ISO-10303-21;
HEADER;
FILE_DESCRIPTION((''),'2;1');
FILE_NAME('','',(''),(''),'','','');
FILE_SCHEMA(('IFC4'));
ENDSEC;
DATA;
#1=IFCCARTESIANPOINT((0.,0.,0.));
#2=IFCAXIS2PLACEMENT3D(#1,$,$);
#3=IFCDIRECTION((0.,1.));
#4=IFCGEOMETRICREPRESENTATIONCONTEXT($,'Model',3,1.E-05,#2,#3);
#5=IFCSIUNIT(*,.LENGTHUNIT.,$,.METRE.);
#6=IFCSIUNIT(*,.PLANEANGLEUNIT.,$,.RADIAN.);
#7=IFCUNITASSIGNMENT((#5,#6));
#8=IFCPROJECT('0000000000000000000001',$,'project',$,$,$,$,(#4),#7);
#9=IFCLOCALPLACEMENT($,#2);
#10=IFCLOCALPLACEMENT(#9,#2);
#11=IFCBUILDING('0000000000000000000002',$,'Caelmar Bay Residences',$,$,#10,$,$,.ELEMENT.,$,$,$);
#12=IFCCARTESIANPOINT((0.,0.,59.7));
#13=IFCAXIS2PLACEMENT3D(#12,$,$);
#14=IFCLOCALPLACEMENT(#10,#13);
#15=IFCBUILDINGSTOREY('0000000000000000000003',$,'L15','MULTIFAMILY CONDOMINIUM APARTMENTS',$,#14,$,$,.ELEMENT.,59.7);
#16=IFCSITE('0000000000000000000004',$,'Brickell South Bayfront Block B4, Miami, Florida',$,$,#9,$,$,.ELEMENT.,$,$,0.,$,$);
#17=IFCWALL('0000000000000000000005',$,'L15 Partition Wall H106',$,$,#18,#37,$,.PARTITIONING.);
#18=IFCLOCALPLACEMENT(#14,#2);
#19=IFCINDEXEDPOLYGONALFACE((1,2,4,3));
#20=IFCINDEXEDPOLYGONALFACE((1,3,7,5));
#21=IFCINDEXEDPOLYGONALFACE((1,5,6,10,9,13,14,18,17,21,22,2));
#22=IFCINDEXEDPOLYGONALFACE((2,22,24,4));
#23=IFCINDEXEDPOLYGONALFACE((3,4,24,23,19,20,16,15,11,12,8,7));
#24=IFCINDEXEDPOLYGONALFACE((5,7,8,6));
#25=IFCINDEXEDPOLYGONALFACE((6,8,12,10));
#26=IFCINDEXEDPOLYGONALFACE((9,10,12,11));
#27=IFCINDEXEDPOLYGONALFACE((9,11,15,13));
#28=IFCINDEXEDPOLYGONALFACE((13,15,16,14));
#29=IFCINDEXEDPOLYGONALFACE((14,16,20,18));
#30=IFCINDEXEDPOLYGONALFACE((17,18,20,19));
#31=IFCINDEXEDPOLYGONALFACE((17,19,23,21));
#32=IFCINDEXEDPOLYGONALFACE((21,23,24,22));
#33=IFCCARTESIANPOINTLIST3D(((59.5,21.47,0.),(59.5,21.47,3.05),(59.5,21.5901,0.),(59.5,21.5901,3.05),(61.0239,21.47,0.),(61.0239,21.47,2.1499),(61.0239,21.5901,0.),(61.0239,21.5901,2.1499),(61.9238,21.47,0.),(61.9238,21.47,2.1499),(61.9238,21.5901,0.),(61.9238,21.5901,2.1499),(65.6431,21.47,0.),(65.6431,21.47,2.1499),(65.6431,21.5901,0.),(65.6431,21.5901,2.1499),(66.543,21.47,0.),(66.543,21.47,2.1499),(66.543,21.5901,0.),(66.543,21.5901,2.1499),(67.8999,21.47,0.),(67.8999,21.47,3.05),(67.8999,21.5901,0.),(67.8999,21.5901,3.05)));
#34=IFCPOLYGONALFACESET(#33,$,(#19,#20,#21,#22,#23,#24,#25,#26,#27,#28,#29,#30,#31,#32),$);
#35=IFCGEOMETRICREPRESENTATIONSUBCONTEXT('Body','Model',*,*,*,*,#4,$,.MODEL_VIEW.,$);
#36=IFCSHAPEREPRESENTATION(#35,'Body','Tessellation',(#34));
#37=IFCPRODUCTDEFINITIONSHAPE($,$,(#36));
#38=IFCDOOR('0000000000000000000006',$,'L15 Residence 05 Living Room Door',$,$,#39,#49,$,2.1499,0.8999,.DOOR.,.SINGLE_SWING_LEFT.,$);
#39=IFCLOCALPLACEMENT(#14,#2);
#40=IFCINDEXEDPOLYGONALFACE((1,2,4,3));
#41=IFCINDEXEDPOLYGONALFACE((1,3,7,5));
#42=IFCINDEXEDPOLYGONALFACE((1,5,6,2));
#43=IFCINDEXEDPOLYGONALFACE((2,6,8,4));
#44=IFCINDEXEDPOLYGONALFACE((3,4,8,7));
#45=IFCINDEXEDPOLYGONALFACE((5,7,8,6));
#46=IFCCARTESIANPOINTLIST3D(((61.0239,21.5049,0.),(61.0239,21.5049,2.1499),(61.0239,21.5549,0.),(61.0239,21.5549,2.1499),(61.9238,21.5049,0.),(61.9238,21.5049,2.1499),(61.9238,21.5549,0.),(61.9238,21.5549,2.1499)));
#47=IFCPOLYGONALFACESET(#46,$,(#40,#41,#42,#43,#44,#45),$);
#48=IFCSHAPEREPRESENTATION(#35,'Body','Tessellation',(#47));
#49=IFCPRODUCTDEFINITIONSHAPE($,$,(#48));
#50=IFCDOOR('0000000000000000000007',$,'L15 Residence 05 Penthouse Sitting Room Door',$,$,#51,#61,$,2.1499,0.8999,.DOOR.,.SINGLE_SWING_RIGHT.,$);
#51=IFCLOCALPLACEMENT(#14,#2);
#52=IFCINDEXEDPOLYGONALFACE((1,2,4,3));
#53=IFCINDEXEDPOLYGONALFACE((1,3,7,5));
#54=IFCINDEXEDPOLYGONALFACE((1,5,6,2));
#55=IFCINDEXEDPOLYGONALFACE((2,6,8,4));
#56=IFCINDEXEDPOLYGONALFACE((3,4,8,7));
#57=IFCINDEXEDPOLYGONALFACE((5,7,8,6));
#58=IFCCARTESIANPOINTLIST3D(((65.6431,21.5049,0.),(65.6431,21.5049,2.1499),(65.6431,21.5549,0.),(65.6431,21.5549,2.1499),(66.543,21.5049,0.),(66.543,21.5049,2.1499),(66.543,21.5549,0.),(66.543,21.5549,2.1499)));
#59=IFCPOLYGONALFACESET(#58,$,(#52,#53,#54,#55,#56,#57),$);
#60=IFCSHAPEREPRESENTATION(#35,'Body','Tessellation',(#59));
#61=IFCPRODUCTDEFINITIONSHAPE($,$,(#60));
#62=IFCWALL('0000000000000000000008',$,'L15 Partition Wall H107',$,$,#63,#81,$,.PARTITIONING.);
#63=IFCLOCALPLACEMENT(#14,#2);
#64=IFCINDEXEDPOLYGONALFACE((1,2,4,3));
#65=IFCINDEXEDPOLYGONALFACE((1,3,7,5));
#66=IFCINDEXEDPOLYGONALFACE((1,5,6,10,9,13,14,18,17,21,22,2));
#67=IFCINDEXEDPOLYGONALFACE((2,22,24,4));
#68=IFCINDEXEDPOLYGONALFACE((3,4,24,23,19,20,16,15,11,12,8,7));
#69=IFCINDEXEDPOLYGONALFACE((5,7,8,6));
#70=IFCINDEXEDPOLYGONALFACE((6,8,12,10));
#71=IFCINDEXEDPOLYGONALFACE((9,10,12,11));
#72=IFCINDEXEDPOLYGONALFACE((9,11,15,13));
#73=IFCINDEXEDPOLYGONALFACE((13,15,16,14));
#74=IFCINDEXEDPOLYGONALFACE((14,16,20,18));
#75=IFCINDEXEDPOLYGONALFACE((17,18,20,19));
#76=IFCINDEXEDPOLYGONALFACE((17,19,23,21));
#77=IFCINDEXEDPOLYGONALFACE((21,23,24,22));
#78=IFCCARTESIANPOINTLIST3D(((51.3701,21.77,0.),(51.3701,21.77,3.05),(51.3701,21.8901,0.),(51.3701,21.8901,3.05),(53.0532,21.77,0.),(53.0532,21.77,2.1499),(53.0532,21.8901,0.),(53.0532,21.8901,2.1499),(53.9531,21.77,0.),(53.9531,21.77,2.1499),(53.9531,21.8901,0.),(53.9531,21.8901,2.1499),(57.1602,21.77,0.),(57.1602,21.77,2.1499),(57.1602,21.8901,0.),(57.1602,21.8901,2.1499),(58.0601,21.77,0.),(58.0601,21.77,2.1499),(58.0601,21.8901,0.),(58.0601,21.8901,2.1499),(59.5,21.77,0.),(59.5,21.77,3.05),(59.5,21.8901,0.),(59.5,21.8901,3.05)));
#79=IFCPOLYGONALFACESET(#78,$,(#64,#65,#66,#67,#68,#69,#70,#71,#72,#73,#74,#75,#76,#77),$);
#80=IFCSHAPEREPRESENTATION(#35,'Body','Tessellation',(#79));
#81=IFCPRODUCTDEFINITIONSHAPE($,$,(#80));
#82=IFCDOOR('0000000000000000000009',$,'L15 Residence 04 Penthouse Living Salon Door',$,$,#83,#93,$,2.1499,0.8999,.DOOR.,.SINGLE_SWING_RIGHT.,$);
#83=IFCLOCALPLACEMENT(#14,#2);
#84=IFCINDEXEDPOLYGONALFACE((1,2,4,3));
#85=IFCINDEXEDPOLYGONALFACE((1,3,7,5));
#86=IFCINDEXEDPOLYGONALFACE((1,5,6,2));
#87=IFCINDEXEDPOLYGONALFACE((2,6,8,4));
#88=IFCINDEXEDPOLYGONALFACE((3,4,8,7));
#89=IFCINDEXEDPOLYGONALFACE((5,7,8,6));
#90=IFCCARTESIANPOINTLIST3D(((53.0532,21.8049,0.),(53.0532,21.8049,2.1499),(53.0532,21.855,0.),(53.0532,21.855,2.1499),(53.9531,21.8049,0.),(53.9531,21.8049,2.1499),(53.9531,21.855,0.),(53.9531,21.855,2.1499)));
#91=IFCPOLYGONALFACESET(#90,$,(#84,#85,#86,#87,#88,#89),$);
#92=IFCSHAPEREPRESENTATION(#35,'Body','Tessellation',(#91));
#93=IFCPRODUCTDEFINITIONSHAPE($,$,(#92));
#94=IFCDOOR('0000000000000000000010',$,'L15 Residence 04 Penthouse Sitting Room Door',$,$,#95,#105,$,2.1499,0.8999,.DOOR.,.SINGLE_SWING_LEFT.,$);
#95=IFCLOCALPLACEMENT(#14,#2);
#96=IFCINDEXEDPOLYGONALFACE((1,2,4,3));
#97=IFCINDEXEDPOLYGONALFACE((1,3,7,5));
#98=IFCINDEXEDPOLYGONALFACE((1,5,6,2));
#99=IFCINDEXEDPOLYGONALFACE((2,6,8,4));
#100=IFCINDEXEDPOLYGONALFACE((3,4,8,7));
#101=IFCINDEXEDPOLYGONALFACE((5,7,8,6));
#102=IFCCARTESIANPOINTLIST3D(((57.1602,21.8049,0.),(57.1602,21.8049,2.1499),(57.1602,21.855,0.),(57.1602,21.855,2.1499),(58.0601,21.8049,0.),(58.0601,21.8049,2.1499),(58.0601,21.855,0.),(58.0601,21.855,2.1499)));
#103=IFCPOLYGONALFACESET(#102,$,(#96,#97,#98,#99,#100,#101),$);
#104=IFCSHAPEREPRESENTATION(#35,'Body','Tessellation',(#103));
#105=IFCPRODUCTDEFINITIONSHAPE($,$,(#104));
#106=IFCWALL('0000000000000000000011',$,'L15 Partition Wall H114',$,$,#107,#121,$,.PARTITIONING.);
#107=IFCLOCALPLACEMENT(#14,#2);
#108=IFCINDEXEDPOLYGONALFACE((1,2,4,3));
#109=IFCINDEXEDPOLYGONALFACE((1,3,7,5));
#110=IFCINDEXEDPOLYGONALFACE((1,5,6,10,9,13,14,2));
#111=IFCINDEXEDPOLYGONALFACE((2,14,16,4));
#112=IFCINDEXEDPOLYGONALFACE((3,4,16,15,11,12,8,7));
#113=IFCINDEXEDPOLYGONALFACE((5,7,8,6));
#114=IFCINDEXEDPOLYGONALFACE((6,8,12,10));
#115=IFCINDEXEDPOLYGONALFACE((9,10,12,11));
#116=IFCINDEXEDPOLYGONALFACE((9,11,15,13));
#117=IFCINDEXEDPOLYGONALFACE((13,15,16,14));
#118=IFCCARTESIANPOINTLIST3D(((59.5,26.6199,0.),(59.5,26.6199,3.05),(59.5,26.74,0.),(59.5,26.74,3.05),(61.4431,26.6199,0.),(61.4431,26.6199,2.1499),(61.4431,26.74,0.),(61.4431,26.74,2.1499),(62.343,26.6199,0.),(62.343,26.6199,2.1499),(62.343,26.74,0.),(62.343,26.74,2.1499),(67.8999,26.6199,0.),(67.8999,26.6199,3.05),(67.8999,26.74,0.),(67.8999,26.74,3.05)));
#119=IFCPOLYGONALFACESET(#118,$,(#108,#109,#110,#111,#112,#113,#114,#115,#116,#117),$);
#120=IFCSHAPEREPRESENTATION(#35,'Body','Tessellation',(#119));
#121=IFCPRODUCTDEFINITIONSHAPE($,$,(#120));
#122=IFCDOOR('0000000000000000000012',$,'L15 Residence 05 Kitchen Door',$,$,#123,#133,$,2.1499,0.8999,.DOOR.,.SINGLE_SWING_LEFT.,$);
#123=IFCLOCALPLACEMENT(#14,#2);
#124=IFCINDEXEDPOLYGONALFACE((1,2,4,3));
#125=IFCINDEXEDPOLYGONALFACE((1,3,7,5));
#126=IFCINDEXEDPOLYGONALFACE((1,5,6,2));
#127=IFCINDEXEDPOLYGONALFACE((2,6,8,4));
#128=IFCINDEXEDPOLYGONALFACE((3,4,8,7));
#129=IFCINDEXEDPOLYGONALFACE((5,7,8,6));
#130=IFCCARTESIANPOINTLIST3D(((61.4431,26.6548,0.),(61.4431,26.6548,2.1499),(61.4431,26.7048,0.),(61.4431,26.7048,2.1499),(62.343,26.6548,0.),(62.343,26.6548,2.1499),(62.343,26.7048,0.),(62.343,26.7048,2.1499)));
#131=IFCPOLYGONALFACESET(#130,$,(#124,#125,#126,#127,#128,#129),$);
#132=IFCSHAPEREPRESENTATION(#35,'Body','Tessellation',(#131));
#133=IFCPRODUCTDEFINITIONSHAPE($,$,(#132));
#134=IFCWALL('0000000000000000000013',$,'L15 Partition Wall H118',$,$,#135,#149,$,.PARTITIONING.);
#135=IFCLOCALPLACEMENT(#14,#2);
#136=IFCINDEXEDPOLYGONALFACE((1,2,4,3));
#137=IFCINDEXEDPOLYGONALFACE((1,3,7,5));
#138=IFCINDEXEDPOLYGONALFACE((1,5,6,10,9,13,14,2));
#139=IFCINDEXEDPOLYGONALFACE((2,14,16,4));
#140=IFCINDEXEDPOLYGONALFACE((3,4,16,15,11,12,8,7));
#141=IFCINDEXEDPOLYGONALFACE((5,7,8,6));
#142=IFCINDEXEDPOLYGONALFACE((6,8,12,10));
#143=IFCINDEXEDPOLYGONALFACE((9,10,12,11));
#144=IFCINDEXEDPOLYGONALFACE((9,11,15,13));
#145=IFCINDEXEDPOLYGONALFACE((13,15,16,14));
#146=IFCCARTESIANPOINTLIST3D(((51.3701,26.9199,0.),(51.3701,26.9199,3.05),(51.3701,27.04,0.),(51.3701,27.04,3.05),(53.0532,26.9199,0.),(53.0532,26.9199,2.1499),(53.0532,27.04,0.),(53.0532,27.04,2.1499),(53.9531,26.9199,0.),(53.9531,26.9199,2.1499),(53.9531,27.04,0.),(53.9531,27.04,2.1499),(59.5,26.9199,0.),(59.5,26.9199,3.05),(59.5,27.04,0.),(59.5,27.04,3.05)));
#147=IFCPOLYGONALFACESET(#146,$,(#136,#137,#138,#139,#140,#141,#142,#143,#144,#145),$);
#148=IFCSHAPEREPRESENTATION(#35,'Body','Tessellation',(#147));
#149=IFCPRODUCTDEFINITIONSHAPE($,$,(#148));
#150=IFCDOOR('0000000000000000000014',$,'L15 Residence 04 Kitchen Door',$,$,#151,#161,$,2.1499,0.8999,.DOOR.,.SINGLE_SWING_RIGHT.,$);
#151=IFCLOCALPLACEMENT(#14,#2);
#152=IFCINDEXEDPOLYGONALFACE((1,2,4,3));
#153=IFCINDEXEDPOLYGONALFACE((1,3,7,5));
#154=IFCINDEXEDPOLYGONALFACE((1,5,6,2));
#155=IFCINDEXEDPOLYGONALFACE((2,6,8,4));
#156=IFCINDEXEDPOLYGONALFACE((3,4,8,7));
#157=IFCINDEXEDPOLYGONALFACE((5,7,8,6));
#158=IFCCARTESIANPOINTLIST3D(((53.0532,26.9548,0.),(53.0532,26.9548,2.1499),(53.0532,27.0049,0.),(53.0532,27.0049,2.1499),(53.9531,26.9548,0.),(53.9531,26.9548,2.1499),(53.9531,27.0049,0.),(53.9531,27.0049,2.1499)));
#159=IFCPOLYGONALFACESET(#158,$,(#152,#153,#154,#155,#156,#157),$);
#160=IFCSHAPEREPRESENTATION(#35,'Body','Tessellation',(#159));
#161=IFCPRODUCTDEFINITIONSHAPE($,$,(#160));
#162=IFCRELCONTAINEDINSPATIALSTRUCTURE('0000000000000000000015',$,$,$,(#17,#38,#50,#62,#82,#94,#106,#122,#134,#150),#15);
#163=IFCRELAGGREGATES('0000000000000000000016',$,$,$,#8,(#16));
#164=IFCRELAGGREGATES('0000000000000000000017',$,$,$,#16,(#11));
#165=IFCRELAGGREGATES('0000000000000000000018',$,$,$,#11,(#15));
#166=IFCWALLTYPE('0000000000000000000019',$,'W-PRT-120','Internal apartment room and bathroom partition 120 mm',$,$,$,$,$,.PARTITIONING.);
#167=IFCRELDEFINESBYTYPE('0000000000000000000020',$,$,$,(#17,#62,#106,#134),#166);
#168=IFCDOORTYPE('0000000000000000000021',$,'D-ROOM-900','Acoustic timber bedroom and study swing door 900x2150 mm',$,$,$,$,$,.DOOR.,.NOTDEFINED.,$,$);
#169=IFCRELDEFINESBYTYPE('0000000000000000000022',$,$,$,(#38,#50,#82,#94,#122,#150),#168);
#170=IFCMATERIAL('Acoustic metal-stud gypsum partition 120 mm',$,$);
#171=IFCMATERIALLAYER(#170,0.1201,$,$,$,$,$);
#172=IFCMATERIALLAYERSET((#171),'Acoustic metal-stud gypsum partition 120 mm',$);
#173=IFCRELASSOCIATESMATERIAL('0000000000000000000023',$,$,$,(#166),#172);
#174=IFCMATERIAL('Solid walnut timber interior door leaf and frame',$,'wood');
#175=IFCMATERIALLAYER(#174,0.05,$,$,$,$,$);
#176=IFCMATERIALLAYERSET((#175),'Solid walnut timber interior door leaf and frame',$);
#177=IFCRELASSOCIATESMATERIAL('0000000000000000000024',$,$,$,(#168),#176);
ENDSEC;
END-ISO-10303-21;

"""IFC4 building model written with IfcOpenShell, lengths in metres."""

from ifc_helpers import new_model, si_unit, direction, frame, frame_2d, origin, place, context, subcontext, project, spatial, rectangle, extrude, material, layer, layer_set, type_object, element, fill, save


model = new_model("IFC4")

# Units and contexts
model_context = context("Model", 3, precision=1e-05, world=origin(), true_north=direction((0.0, 1.0)))
body_context = subcontext(model_context, "Body", "Model", "MODEL_VIEW")
ifc_project = project(units=[si_unit("LENGTHUNIT", "METRE"), si_unit("PLANEANGLEUNIT", "RADIAN")], contexts=[model_context])

# Site, building, storey
site_placement = place(None, origin())
site = spatial("IfcSite", under=ifc_project, at=site_placement, Name="Brickell South Bayfront Block B4, Miami, Florida", CompositionType="ELEMENT", RefElevation=0.0)
building_placement = place(site_placement, origin())
building = spatial("IfcBuilding", under=site, at=building_placement, Name="Caelmar Bay Residences", CompositionType="ELEMENT")
storey_placement = place(building_placement, frame((0.0, 0.0, 59.7)))
storey = spatial("IfcBuildingStorey", under=building, at=storey_placement, Name="L15", Description="MULTIFAMILY CONDOMINIUM APARTMENTS", CompositionType="ELEMENT", Elevation=59.7)

# Shared definitions
ifc_material_1 = material(Name="Acoustic metal-stud gypsum partition 120 mm")
ifc_layer_1 = layer(ifc_material_1, 0.1201)
ifc_layer_set_1 = layer_set([ifc_layer_1], Name="Acoustic metal-stud gypsum partition 120 mm")
wall_type_1 = type_object("IfcWallType", Name="W-PRT-120", Description="Internal apartment room and bathroom partition 120 mm", PredefinedType="PARTITIONING", material=ifc_layer_set_1)

# Shared definitions
ifc_material_2 = material(Name="Solid walnut timber interior door leaf and frame", Category="wood")
ifc_layer_2 = layer(ifc_material_2, 0.05)
ifc_layer_set_2 = layer_set([ifc_layer_2], Name="Solid walnut timber interior door leaf and frame")
door_type_1 = type_object("IfcDoorType", Name="D-ROOM-900", Description="Acoustic timber bedroom and study swing door 900x2150 mm", OperationType="NOTDEFINED", PredefinedType="DOOR", material=ifc_layer_set_2)

# Walls, openings, doors
wall_1_placement = place(storey_placement, frame((59.5, 21.53, 0.0), z_axis=(0.0, 0.0, 1.0), x_axis=(1.0, 0.0, 0.0)))
wall_1 = element("IfcWall", 1, at=wall_1_placement, inside=storey, type_object=wall_type_1, Name="L15 Partition Wall H106", PredefinedType="PARTITIONING", context=body_context, shape_type="SweptSolid", body=[
    extrude(rectangle(XDim=8.3999, YDim=0.1201, at=frame_2d((4.2, 0.0))), origin(), (0.0, 0.0, 1.0), 3.05),
])
opening_1_placement = place(wall_1_placement, frame((1.5239, 0.0, 0.0)))
opening_1 = element("IfcOpeningElement", 2, at=opening_1_placement, cuts=wall_1, PredefinedType="OPENING", context=body_context, shape_type="SweptSolid", body=[
    extrude(rectangle(XDim=0.8999, YDim=2.1499, at=frame_2d((0.45, 1.075))), frame((0.0, 0.0701, 0.0), z_axis=(0.0, -1.0, 0.0), x_axis=(1.0, 0.0, 0.0)), (0.0, 0.0, 1.0), 0.1401),
])
opening_2_placement = place(wall_1_placement, frame((6.1431, 0.0, 0.0)))
opening_2 = element("IfcOpeningElement", 3, at=opening_2_placement, cuts=wall_1, PredefinedType="OPENING", context=body_context, shape_type="SweptSolid", body=[
    extrude(rectangle(XDim=0.8999, YDim=2.1499, at=frame_2d((0.45, 1.075))), frame((0.0, 0.0701, 0.0), z_axis=(0.0, -1.0, 0.0), x_axis=(1.0, 0.0, 0.0)), (0.0, 0.0, 1.0), 0.1401),
])
door_1_placement = place(opening_1_placement, origin())
door_1 = element("IfcDoor", 4, at=door_1_placement, inside=storey, type_object=door_type_1, Name="L15 Residence 05 Living Room Door", OperationType="SINGLE_SWING_LEFT", OverallHeight=2.1499, OverallWidth=0.8999, PredefinedType="DOOR", context=body_context, shape_type="SweptSolid", body=[
    extrude(rectangle(XDim=0.8999, YDim=2.1499, at=frame_2d((0.45, 1.075))), frame((0.0, 0.0249, 0.0), z_axis=(0.0, -1.0, 0.0), x_axis=(1.0, 0.0, 0.0)), (0.0, 0.0, 1.0), 0.05),
])
fill(opening_1, door_1)
door_2_placement = place(opening_2_placement, origin())
door_2 = element("IfcDoor", 5, at=door_2_placement, inside=storey, type_object=door_type_1, Name="L15 Residence 05 Penthouse Sitting Room Door", OperationType="SINGLE_SWING_RIGHT", OverallHeight=2.1499, OverallWidth=0.8999, PredefinedType="DOOR", context=body_context, shape_type="SweptSolid", body=[
    extrude(rectangle(XDim=0.8999, YDim=2.1499, at=frame_2d((0.45, 1.075))), frame((0.0, 0.0249, 0.0), z_axis=(0.0, -1.0, 0.0), x_axis=(1.0, 0.0, 0.0)), (0.0, 0.0, 1.0), 0.05),
])
fill(opening_2, door_2)
wall_2_placement = place(storey_placement, frame((51.3701, 21.8301, 0.0), z_axis=(0.0, 0.0, 1.0), x_axis=(1.0, 0.0, 0.0)))
wall_2 = element("IfcWall", 6, at=wall_2_placement, inside=storey, type_object=wall_type_1, Name="L15 Partition Wall H107", PredefinedType="PARTITIONING", context=body_context, shape_type="SweptSolid", body=[
    extrude(rectangle(XDim=8.1299, YDim=0.1201, at=frame_2d((4.0649, 0.0))), origin(), (0.0, 0.0, 1.0), 3.05),
])
opening_3_placement = place(wall_2_placement, frame((1.6831, 0.0, 0.0)))
opening_3 = element("IfcOpeningElement", 7, at=opening_3_placement, cuts=wall_2, PredefinedType="OPENING", context=body_context, shape_type="SweptSolid", body=[
    extrude(rectangle(XDim=0.8999, YDim=2.1499, at=frame_2d((0.45, 1.075))), frame((0.0, 0.0701, 0.0), z_axis=(0.0, -1.0, 0.0), x_axis=(1.0, 0.0, 0.0)), (0.0, 0.0, 1.0), 0.1401),
])
opening_4_placement = place(wall_2_placement, frame((5.79, 0.0, 0.0)))
opening_4 = element("IfcOpeningElement", 8, at=opening_4_placement, cuts=wall_2, PredefinedType="OPENING", context=body_context, shape_type="SweptSolid", body=[
    extrude(rectangle(XDim=0.8999, YDim=2.1499, at=frame_2d((0.45, 1.075))), frame((0.0, 0.0701, 0.0), z_axis=(0.0, -1.0, 0.0), x_axis=(1.0, 0.0, 0.0)), (0.0, 0.0, 1.0), 0.1401),
])
door_3_placement = place(opening_3_placement, origin())
door_3 = element("IfcDoor", 9, at=door_3_placement, inside=storey, type_object=door_type_1, Name="L15 Residence 04 Penthouse Living Salon Door", OperationType="SINGLE_SWING_RIGHT", OverallHeight=2.1499, OverallWidth=0.8999, PredefinedType="DOOR", context=body_context, shape_type="SweptSolid", body=[
    extrude(rectangle(XDim=0.8999, YDim=2.1499, at=frame_2d((0.45, 1.075))), frame((0.0, 0.0249, 0.0), z_axis=(0.0, -1.0, 0.0), x_axis=(1.0, 0.0, 0.0)), (0.0, 0.0, 1.0), 0.05),
])
fill(opening_3, door_3)
door_4_placement = place(opening_4_placement, origin())
door_4 = element("IfcDoor", 10, at=door_4_placement, inside=storey, type_object=door_type_1, Name="L15 Residence 04 Penthouse Sitting Room Door", OperationType="SINGLE_SWING_LEFT", OverallHeight=2.1499, OverallWidth=0.8999, PredefinedType="DOOR", context=body_context, shape_type="SweptSolid", body=[
    extrude(rectangle(XDim=0.8999, YDim=2.1499, at=frame_2d((0.45, 1.075))), frame((0.0, 0.0249, 0.0), z_axis=(0.0, -1.0, 0.0), x_axis=(1.0, 0.0, 0.0)), (0.0, 0.0, 1.0), 0.05),
])
fill(opening_4, door_4)

# Walls, openings, doors
wall_3_placement = place(storey_placement, frame((59.5, 26.6799, 0.0), z_axis=(0.0, 0.0, 1.0), x_axis=(1.0, 0.0, 0.0)))
wall_3 = element("IfcWall", 11, at=wall_3_placement, inside=storey, type_object=wall_type_1, Name="L15 Partition Wall H114", PredefinedType="PARTITIONING", context=body_context, shape_type="SweptSolid", body=[
    extrude(rectangle(XDim=8.3999, YDim=0.1201, at=frame_2d((4.2, 0.0))), origin(), (0.0, 0.0, 1.0), 3.05),
])
opening_5_placement = place(wall_3_placement, frame((1.9431, 0.0, 0.0)))
opening_5 = element("IfcOpeningElement", 12, at=opening_5_placement, cuts=wall_3, PredefinedType="OPENING", context=body_context, shape_type="SweptSolid", body=[
    extrude(rectangle(XDim=0.8999, YDim=2.1499, at=frame_2d((0.45, 1.075))), frame((0.0, 0.0701, 0.0), z_axis=(0.0, -1.0, 0.0), x_axis=(1.0, 0.0, 0.0)), (0.0, 0.0, 1.0), 0.1401),
])
door_5_placement = place(opening_5_placement, origin())
door_5 = element("IfcDoor", 13, at=door_5_placement, inside=storey, type_object=door_type_1, Name="L15 Residence 05 Kitchen Door", OperationType="SINGLE_SWING_LEFT", OverallHeight=2.1499, OverallWidth=0.8999, PredefinedType="DOOR", context=body_context, shape_type="SweptSolid", body=[
    extrude(rectangle(XDim=0.8999, YDim=2.1499, at=frame_2d((0.45, 1.075))), frame((0.0, 0.0249, 0.0), z_axis=(0.0, -1.0, 0.0), x_axis=(1.0, 0.0, 0.0)), (0.0, 0.0, 1.0), 0.05),
])
fill(opening_5, door_5)
wall_4_placement = place(storey_placement, frame((51.3701, 26.98, 0.0), z_axis=(0.0, 0.0, 1.0), x_axis=(1.0, 0.0, 0.0)))
wall_4 = element("IfcWall", 14, at=wall_4_placement, inside=storey, type_object=wall_type_1, Name="L15 Partition Wall H118", PredefinedType="PARTITIONING", context=body_context, shape_type="SweptSolid", body=[
    extrude(rectangle(XDim=8.1299, YDim=0.1201, at=frame_2d((4.0649, 0.0))), origin(), (0.0, 0.0, 1.0), 3.05),
])
opening_6_placement = place(wall_4_placement, frame((1.6831, 0.0, 0.0)))
opening_6 = element("IfcOpeningElement", 15, at=opening_6_placement, cuts=wall_4, PredefinedType="OPENING", context=body_context, shape_type="SweptSolid", body=[
    extrude(rectangle(XDim=0.8999, YDim=2.1499, at=frame_2d((0.45, 1.075))), frame((0.0, 0.0701, 0.0), z_axis=(0.0, -1.0, 0.0), x_axis=(1.0, 0.0, 0.0)), (0.0, 0.0, 1.0), 0.1401),
])
door_6_placement = place(opening_6_placement, origin())
door_6 = element("IfcDoor", 16, at=door_6_placement, inside=storey, type_object=door_type_1, Name="L15 Residence 04 Kitchen Door", OperationType="SINGLE_SWING_RIGHT", OverallHeight=2.1499, OverallWidth=0.8999, PredefinedType="DOOR", context=body_context, shape_type="SweptSolid", body=[
    extrude(rectangle(XDim=0.8999, YDim=2.1499, at=frame_2d((0.45, 1.075))), frame((0.0, 0.0249, 0.0), z_axis=(0.0, -1.0, 0.0), x_axis=(1.0, 0.0, 0.0)), (0.0, 0.0, 1.0), 0.05),
])
fill(opening_6, door_6)

save(model, "model.ifc")
